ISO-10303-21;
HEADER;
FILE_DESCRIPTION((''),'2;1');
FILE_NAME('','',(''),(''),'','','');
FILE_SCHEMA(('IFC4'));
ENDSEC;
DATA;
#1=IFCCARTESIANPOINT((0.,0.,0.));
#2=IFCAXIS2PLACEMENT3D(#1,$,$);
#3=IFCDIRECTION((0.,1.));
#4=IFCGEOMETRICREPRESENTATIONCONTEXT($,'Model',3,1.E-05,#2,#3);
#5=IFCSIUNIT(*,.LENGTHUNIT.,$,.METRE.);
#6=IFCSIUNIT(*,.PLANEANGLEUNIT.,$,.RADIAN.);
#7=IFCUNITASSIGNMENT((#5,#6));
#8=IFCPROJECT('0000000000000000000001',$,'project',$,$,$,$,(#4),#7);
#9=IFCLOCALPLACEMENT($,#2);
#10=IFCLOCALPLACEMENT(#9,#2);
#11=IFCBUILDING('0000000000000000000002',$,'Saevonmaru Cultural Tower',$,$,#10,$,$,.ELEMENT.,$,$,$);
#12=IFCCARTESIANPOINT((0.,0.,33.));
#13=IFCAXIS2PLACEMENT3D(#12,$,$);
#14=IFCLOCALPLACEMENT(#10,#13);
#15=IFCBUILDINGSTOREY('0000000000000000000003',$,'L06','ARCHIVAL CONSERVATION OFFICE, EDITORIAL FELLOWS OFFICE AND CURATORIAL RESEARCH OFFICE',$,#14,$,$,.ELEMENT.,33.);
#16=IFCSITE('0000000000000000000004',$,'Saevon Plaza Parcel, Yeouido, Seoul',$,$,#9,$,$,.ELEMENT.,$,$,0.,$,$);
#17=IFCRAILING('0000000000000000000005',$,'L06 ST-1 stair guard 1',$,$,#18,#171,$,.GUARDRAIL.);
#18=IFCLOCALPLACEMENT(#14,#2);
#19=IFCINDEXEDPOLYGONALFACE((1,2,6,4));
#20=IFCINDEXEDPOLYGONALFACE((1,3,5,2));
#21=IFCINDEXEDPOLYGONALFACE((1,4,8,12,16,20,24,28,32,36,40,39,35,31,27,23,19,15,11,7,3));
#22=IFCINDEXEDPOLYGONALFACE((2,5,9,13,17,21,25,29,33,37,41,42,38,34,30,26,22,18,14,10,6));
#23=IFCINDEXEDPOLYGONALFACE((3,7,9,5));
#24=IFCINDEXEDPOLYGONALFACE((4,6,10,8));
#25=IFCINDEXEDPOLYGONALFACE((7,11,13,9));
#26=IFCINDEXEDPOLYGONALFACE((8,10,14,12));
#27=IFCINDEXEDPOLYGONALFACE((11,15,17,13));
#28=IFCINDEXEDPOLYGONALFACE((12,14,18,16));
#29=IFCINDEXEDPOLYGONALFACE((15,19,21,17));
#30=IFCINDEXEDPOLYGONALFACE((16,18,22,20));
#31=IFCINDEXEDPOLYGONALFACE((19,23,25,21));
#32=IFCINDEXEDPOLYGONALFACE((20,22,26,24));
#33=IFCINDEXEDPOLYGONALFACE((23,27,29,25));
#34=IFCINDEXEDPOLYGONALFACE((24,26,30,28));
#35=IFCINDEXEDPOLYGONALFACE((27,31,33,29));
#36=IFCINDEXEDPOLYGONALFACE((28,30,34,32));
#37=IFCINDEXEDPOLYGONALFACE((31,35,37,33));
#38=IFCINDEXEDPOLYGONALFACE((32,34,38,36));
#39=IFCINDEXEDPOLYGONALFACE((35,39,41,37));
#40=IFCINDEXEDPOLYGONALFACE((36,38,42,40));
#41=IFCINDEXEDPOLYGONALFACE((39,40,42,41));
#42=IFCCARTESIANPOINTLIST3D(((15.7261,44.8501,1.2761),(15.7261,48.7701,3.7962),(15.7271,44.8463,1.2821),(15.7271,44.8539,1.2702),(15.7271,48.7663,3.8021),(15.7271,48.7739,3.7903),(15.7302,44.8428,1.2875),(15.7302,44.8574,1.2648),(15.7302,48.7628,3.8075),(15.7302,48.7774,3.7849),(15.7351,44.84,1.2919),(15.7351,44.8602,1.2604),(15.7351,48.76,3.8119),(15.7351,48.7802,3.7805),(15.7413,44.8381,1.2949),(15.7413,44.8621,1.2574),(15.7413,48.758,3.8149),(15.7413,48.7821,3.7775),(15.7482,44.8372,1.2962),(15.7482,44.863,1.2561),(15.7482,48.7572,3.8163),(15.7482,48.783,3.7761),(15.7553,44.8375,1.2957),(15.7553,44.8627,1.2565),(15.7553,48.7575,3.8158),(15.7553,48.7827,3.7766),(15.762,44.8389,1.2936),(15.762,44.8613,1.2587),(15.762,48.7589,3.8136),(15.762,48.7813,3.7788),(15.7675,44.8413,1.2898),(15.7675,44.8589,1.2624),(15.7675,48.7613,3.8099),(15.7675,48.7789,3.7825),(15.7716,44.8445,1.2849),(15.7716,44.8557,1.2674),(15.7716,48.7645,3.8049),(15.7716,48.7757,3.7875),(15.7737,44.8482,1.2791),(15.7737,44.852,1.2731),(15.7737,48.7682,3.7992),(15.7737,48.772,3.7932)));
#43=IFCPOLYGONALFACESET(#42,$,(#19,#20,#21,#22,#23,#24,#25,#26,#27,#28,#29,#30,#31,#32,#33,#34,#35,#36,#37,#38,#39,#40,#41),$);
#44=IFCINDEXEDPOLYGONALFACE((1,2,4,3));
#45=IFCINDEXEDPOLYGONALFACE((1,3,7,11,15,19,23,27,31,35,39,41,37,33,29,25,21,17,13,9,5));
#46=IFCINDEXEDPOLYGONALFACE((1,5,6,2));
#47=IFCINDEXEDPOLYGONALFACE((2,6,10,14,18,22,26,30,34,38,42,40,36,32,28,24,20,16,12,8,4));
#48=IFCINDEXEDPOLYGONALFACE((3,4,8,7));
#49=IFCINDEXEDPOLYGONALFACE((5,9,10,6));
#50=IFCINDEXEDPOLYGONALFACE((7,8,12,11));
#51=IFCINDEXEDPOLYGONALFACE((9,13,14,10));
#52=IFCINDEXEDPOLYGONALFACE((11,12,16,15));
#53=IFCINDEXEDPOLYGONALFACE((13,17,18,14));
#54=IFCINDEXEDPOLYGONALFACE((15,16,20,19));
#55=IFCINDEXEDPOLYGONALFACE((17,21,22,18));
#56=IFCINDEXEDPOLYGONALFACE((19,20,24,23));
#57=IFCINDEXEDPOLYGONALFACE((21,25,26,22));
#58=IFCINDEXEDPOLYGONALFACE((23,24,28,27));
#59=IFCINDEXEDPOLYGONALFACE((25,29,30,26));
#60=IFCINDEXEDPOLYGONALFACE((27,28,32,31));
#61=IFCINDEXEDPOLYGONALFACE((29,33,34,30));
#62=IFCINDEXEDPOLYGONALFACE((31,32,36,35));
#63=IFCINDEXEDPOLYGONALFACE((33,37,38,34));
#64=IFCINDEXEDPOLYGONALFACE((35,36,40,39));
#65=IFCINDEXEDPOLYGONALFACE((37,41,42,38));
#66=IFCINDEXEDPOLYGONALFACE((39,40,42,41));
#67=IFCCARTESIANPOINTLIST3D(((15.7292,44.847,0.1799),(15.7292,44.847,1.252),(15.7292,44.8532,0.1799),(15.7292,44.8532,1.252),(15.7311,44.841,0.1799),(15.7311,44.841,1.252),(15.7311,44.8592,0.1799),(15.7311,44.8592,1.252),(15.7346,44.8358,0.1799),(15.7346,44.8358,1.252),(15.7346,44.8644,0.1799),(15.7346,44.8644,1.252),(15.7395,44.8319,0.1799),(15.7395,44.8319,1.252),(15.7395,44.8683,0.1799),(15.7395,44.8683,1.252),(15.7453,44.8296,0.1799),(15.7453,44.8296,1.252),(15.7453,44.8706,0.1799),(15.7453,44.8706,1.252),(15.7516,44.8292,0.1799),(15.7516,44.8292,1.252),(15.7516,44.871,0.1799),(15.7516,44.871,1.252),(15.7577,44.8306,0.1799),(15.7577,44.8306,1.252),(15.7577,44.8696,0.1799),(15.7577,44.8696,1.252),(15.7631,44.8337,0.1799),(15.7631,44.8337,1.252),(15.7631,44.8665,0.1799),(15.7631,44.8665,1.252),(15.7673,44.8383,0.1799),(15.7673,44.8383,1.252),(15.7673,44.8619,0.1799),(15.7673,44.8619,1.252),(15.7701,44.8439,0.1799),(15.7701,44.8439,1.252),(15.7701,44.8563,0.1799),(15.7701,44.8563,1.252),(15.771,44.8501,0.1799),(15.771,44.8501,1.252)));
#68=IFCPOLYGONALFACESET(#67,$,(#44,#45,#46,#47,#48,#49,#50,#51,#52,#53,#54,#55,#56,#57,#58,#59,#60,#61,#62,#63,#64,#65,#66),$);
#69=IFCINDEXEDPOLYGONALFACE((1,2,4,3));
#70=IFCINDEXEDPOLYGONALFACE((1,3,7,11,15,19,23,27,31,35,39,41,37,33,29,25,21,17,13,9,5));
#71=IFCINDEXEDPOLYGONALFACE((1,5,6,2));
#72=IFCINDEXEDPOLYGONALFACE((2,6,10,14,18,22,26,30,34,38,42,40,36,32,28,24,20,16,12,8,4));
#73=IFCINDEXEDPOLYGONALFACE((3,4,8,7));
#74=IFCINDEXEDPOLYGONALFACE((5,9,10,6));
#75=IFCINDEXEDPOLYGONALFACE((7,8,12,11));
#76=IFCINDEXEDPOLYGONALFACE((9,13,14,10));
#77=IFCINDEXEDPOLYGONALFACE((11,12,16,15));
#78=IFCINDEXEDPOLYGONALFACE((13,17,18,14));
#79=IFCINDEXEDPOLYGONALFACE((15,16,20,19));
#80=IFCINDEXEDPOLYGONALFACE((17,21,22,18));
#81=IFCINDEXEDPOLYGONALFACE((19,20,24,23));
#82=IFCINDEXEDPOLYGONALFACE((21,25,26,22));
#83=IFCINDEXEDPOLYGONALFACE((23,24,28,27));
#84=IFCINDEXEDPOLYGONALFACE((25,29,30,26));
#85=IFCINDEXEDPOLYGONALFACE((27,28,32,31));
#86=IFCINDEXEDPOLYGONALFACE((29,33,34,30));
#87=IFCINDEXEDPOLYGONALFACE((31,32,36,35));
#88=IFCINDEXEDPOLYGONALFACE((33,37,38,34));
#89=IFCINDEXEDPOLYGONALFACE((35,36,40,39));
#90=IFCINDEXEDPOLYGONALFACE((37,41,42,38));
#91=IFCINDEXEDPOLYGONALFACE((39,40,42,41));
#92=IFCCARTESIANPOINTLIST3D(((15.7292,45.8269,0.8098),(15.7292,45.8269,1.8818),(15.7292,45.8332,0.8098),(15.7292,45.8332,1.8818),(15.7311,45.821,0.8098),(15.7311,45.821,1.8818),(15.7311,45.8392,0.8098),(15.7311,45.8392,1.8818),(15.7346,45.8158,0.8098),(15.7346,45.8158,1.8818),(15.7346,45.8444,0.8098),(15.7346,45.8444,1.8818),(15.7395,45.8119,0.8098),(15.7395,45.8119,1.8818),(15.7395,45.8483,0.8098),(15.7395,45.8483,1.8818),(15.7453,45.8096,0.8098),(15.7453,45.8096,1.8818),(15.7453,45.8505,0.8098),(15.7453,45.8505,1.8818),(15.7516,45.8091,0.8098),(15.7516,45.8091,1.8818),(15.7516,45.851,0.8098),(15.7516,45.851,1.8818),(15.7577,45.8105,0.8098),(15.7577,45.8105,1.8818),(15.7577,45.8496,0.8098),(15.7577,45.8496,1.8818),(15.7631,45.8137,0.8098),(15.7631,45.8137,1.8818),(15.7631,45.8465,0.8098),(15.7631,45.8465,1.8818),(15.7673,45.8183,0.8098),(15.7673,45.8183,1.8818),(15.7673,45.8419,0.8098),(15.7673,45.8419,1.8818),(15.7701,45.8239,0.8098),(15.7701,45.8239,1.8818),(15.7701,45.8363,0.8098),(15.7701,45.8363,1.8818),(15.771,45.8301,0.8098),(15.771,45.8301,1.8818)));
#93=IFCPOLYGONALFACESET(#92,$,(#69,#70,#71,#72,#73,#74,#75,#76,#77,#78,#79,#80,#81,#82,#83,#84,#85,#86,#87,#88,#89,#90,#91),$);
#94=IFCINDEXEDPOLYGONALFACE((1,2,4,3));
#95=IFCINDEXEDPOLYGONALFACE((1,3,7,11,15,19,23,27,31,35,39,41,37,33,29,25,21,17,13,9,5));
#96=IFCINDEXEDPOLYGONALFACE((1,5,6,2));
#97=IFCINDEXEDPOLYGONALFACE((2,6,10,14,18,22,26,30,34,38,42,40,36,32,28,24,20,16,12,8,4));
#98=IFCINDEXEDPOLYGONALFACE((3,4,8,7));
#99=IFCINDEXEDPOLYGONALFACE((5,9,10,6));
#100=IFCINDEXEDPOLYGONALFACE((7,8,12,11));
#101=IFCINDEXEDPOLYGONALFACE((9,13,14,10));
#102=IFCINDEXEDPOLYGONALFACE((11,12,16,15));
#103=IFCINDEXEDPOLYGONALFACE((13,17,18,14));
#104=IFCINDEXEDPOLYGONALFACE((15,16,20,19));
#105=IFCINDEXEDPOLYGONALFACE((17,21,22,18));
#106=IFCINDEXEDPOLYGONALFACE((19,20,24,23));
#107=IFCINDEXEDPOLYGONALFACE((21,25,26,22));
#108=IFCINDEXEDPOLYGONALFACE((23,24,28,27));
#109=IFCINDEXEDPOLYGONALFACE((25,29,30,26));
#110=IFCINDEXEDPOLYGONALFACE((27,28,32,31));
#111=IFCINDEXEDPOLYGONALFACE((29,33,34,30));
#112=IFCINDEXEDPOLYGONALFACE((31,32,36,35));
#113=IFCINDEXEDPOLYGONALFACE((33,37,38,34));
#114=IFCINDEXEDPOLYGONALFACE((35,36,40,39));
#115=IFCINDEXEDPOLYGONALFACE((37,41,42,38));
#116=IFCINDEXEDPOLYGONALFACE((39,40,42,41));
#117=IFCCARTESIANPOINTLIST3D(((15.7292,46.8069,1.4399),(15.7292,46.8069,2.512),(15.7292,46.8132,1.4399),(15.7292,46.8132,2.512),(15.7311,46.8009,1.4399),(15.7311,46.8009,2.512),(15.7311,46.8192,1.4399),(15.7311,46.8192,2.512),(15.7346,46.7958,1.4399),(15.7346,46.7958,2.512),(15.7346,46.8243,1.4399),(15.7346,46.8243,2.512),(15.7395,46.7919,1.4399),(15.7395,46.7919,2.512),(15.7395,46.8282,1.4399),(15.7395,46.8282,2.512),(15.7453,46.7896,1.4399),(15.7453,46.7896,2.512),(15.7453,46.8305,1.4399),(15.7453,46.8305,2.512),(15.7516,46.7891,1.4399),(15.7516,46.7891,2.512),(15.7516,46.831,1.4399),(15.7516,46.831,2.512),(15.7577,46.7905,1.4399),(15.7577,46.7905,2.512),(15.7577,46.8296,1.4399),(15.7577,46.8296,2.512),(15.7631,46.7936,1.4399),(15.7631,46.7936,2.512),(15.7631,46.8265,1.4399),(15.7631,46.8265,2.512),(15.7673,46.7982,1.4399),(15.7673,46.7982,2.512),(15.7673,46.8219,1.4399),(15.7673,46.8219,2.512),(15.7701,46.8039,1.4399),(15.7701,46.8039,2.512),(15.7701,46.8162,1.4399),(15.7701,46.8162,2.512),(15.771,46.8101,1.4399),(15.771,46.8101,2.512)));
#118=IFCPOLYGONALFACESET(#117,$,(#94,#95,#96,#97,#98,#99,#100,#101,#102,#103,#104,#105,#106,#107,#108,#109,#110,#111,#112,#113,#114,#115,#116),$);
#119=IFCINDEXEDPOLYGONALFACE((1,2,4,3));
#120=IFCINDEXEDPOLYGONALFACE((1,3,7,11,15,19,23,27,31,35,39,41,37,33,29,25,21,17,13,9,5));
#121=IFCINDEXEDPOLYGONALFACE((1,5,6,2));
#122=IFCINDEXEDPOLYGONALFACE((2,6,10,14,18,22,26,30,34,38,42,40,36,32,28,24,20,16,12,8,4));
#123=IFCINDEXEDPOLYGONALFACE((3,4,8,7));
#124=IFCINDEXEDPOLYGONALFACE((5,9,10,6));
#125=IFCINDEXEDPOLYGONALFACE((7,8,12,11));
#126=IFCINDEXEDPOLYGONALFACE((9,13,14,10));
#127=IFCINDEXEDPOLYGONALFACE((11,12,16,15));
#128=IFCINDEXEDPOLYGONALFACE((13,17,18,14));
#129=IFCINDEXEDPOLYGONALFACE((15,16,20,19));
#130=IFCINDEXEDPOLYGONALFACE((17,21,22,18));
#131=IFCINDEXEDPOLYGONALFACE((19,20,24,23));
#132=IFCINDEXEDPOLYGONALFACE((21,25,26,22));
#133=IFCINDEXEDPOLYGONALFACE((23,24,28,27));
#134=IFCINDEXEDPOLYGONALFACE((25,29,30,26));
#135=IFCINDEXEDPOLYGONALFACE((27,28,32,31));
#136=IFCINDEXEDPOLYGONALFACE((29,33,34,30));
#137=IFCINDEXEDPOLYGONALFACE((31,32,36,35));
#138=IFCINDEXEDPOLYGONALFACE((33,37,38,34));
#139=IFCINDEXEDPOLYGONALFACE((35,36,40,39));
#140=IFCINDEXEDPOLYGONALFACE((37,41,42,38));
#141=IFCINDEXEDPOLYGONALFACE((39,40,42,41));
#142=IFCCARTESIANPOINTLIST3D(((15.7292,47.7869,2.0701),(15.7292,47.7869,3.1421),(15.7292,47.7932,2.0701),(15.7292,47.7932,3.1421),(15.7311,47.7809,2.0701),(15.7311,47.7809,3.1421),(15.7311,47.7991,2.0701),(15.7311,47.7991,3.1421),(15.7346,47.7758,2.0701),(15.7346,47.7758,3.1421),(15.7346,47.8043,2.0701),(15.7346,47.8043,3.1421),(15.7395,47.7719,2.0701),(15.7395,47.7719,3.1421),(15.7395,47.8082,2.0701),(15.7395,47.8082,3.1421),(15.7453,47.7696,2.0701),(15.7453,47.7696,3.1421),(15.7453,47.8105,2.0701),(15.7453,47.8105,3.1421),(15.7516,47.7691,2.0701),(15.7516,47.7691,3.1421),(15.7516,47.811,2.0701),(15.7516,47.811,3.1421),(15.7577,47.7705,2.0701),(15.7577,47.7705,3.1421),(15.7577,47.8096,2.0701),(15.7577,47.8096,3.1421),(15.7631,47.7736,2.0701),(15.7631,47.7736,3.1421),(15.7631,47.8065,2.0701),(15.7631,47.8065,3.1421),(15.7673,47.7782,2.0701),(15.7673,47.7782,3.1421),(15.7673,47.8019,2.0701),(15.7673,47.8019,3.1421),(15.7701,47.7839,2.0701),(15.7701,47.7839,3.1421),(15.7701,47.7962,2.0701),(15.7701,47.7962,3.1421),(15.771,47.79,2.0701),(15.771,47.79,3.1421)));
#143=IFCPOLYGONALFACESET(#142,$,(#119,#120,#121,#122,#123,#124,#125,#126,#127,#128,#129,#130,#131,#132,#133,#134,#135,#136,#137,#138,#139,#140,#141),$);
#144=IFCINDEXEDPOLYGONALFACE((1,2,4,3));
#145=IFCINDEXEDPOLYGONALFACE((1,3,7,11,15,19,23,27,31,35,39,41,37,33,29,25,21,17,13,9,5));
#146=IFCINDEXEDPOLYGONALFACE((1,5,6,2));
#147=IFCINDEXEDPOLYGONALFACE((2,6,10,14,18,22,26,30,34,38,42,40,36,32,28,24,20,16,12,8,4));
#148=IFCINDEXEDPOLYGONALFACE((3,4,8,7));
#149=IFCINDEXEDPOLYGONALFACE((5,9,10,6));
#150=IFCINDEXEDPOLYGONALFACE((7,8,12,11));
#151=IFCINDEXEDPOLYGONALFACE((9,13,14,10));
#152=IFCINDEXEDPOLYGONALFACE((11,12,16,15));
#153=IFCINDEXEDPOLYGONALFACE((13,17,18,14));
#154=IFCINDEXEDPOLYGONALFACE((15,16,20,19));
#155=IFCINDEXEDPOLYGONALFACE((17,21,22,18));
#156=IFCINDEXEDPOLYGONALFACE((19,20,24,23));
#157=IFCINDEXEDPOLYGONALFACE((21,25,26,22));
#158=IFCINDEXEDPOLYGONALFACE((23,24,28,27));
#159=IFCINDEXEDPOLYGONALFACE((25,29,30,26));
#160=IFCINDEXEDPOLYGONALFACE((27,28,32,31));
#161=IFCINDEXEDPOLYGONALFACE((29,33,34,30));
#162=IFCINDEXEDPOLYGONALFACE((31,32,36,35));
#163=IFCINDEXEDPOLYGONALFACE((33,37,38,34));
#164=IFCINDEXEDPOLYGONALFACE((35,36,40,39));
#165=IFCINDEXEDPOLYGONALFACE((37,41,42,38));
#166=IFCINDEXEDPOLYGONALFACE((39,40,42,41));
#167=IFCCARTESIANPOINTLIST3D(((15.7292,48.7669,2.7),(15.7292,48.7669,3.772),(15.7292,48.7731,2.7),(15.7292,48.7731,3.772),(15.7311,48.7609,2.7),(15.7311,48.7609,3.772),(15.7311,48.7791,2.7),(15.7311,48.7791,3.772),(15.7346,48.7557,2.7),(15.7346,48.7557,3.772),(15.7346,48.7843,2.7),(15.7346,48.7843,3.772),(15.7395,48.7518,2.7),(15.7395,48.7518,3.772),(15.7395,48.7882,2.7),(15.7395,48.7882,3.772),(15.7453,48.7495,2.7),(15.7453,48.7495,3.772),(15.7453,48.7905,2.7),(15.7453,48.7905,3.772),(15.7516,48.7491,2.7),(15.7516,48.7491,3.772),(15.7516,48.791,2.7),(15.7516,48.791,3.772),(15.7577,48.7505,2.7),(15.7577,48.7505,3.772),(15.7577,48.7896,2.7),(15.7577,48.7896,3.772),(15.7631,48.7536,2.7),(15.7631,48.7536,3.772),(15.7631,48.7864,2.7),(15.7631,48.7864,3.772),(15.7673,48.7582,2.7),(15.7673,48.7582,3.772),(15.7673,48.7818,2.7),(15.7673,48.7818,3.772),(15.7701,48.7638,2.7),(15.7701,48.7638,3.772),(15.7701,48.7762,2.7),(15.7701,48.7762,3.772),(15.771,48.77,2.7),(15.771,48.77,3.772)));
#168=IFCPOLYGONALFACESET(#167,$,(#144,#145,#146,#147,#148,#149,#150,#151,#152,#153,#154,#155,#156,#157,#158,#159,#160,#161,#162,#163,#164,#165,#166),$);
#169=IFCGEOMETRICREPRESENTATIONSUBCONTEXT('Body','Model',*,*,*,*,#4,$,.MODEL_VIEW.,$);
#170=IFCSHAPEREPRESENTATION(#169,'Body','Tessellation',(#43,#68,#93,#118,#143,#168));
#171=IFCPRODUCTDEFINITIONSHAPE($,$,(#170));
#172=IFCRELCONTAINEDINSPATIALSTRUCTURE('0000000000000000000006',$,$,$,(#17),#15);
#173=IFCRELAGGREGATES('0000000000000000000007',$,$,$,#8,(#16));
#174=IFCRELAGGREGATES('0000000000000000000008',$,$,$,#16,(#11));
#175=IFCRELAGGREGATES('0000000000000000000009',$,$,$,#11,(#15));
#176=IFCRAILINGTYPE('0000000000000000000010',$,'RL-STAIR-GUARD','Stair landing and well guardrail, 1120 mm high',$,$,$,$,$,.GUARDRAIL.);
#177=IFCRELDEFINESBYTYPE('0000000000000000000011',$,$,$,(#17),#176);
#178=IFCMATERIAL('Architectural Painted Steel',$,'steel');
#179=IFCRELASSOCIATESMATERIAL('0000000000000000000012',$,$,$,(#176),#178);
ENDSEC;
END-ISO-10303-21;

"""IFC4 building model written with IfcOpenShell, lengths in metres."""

from ifc_helpers import new_model, si_unit, direction, frame, origin, origin_2d, place, context, subcontext, project, spatial, circle, extrude, material, type_object, element, save


model = new_model("IFC4")

# Units and contexts
model_context = context("Model", 3, precision=1e-05, world=origin(), true_north=direction((0.0, 1.0)))
body_context = subcontext(model_context, "Body", "Model", "MODEL_VIEW")
ifc_project = project(units=[si_unit("LENGTHUNIT", "METRE"), si_unit("PLANEANGLEUNIT", "RADIAN")], contexts=[model_context])

# Site, building, storey
site_placement = place(None, origin())
site = spatial("IfcSite", under=ifc_project, at=site_placement, Name="Saevon Plaza Parcel, Yeouido, Seoul", CompositionType="ELEMENT", RefElevation=0.0)
building_placement = place(site_placement, origin())
building = spatial("IfcBuilding", under=site, at=building_placement, Name="Saevonmaru Cultural Tower", CompositionType="ELEMENT")
storey_placement = place(building_placement, frame((0.0, 0.0, 33.0)))
storey = spatial("IfcBuildingStorey", under=building, at=storey_placement, Name="L06", Description="ARCHIVAL CONSERVATION OFFICE, EDITORIAL FELLOWS OFFICE AND CURATORIAL RESEARCH OFFICE", CompositionType="ELEMENT", Elevation=33.0)

# Railing
ifc_material_1 = material(Name="Architectural Painted Steel", Category="steel")
railing_type_1 = type_object("IfcRailingType", Name="RL-STAIR-GUARD", Description="Stair landing and well guardrail, 1120 mm high", PredefinedType="GUARDRAIL", material=ifc_material_1)
railing_1_placement = place(storey_placement, frame((15.75, 44.8501, 0.1799)))
element("IfcRailing", 1, at=railing_1_placement, inside=storey, type_object=railing_type_1, Name="L06 ST-1 stair guard 1", PredefinedType="GUARDRAIL", context=body_context, shape_type="SweptSolid", body=[
    extrude(circle(Radius=0.0239, at=origin_2d()), frame((0.0, 0.0, 1.0962), z_axis=(0.0, 0.841172, 0.540768), x_axis=(-1.0, 0.0, 0.0)), (0.0, 0.0, 1.0), 4.6602),
    extrude(circle(Radius=0.021, at=origin_2d()), origin(), (0.0, 0.0, 1.0), 1.072),
    extrude(circle(Radius=0.021, at=origin_2d()), frame((0.0, 0.98, 0.6299)), (0.0, 0.0, 1.0), 1.072),
    extrude(circle(Radius=0.021, at=origin_2d()), frame((0.0, 1.96, 1.26)), (0.0, 0.0, 1.0), 1.072),
    extrude(circle(Radius=0.021, at=origin_2d()), frame((0.0, 2.9399, 1.8901)), (0.0, 0.0, 1.0), 1.072),
    extrude(circle(Radius=0.021, at=origin_2d()), frame((0.0, 3.9199, 2.52)), (0.0, 0.0, 1.0), 1.072),
])

save(model, "model.ifc")
